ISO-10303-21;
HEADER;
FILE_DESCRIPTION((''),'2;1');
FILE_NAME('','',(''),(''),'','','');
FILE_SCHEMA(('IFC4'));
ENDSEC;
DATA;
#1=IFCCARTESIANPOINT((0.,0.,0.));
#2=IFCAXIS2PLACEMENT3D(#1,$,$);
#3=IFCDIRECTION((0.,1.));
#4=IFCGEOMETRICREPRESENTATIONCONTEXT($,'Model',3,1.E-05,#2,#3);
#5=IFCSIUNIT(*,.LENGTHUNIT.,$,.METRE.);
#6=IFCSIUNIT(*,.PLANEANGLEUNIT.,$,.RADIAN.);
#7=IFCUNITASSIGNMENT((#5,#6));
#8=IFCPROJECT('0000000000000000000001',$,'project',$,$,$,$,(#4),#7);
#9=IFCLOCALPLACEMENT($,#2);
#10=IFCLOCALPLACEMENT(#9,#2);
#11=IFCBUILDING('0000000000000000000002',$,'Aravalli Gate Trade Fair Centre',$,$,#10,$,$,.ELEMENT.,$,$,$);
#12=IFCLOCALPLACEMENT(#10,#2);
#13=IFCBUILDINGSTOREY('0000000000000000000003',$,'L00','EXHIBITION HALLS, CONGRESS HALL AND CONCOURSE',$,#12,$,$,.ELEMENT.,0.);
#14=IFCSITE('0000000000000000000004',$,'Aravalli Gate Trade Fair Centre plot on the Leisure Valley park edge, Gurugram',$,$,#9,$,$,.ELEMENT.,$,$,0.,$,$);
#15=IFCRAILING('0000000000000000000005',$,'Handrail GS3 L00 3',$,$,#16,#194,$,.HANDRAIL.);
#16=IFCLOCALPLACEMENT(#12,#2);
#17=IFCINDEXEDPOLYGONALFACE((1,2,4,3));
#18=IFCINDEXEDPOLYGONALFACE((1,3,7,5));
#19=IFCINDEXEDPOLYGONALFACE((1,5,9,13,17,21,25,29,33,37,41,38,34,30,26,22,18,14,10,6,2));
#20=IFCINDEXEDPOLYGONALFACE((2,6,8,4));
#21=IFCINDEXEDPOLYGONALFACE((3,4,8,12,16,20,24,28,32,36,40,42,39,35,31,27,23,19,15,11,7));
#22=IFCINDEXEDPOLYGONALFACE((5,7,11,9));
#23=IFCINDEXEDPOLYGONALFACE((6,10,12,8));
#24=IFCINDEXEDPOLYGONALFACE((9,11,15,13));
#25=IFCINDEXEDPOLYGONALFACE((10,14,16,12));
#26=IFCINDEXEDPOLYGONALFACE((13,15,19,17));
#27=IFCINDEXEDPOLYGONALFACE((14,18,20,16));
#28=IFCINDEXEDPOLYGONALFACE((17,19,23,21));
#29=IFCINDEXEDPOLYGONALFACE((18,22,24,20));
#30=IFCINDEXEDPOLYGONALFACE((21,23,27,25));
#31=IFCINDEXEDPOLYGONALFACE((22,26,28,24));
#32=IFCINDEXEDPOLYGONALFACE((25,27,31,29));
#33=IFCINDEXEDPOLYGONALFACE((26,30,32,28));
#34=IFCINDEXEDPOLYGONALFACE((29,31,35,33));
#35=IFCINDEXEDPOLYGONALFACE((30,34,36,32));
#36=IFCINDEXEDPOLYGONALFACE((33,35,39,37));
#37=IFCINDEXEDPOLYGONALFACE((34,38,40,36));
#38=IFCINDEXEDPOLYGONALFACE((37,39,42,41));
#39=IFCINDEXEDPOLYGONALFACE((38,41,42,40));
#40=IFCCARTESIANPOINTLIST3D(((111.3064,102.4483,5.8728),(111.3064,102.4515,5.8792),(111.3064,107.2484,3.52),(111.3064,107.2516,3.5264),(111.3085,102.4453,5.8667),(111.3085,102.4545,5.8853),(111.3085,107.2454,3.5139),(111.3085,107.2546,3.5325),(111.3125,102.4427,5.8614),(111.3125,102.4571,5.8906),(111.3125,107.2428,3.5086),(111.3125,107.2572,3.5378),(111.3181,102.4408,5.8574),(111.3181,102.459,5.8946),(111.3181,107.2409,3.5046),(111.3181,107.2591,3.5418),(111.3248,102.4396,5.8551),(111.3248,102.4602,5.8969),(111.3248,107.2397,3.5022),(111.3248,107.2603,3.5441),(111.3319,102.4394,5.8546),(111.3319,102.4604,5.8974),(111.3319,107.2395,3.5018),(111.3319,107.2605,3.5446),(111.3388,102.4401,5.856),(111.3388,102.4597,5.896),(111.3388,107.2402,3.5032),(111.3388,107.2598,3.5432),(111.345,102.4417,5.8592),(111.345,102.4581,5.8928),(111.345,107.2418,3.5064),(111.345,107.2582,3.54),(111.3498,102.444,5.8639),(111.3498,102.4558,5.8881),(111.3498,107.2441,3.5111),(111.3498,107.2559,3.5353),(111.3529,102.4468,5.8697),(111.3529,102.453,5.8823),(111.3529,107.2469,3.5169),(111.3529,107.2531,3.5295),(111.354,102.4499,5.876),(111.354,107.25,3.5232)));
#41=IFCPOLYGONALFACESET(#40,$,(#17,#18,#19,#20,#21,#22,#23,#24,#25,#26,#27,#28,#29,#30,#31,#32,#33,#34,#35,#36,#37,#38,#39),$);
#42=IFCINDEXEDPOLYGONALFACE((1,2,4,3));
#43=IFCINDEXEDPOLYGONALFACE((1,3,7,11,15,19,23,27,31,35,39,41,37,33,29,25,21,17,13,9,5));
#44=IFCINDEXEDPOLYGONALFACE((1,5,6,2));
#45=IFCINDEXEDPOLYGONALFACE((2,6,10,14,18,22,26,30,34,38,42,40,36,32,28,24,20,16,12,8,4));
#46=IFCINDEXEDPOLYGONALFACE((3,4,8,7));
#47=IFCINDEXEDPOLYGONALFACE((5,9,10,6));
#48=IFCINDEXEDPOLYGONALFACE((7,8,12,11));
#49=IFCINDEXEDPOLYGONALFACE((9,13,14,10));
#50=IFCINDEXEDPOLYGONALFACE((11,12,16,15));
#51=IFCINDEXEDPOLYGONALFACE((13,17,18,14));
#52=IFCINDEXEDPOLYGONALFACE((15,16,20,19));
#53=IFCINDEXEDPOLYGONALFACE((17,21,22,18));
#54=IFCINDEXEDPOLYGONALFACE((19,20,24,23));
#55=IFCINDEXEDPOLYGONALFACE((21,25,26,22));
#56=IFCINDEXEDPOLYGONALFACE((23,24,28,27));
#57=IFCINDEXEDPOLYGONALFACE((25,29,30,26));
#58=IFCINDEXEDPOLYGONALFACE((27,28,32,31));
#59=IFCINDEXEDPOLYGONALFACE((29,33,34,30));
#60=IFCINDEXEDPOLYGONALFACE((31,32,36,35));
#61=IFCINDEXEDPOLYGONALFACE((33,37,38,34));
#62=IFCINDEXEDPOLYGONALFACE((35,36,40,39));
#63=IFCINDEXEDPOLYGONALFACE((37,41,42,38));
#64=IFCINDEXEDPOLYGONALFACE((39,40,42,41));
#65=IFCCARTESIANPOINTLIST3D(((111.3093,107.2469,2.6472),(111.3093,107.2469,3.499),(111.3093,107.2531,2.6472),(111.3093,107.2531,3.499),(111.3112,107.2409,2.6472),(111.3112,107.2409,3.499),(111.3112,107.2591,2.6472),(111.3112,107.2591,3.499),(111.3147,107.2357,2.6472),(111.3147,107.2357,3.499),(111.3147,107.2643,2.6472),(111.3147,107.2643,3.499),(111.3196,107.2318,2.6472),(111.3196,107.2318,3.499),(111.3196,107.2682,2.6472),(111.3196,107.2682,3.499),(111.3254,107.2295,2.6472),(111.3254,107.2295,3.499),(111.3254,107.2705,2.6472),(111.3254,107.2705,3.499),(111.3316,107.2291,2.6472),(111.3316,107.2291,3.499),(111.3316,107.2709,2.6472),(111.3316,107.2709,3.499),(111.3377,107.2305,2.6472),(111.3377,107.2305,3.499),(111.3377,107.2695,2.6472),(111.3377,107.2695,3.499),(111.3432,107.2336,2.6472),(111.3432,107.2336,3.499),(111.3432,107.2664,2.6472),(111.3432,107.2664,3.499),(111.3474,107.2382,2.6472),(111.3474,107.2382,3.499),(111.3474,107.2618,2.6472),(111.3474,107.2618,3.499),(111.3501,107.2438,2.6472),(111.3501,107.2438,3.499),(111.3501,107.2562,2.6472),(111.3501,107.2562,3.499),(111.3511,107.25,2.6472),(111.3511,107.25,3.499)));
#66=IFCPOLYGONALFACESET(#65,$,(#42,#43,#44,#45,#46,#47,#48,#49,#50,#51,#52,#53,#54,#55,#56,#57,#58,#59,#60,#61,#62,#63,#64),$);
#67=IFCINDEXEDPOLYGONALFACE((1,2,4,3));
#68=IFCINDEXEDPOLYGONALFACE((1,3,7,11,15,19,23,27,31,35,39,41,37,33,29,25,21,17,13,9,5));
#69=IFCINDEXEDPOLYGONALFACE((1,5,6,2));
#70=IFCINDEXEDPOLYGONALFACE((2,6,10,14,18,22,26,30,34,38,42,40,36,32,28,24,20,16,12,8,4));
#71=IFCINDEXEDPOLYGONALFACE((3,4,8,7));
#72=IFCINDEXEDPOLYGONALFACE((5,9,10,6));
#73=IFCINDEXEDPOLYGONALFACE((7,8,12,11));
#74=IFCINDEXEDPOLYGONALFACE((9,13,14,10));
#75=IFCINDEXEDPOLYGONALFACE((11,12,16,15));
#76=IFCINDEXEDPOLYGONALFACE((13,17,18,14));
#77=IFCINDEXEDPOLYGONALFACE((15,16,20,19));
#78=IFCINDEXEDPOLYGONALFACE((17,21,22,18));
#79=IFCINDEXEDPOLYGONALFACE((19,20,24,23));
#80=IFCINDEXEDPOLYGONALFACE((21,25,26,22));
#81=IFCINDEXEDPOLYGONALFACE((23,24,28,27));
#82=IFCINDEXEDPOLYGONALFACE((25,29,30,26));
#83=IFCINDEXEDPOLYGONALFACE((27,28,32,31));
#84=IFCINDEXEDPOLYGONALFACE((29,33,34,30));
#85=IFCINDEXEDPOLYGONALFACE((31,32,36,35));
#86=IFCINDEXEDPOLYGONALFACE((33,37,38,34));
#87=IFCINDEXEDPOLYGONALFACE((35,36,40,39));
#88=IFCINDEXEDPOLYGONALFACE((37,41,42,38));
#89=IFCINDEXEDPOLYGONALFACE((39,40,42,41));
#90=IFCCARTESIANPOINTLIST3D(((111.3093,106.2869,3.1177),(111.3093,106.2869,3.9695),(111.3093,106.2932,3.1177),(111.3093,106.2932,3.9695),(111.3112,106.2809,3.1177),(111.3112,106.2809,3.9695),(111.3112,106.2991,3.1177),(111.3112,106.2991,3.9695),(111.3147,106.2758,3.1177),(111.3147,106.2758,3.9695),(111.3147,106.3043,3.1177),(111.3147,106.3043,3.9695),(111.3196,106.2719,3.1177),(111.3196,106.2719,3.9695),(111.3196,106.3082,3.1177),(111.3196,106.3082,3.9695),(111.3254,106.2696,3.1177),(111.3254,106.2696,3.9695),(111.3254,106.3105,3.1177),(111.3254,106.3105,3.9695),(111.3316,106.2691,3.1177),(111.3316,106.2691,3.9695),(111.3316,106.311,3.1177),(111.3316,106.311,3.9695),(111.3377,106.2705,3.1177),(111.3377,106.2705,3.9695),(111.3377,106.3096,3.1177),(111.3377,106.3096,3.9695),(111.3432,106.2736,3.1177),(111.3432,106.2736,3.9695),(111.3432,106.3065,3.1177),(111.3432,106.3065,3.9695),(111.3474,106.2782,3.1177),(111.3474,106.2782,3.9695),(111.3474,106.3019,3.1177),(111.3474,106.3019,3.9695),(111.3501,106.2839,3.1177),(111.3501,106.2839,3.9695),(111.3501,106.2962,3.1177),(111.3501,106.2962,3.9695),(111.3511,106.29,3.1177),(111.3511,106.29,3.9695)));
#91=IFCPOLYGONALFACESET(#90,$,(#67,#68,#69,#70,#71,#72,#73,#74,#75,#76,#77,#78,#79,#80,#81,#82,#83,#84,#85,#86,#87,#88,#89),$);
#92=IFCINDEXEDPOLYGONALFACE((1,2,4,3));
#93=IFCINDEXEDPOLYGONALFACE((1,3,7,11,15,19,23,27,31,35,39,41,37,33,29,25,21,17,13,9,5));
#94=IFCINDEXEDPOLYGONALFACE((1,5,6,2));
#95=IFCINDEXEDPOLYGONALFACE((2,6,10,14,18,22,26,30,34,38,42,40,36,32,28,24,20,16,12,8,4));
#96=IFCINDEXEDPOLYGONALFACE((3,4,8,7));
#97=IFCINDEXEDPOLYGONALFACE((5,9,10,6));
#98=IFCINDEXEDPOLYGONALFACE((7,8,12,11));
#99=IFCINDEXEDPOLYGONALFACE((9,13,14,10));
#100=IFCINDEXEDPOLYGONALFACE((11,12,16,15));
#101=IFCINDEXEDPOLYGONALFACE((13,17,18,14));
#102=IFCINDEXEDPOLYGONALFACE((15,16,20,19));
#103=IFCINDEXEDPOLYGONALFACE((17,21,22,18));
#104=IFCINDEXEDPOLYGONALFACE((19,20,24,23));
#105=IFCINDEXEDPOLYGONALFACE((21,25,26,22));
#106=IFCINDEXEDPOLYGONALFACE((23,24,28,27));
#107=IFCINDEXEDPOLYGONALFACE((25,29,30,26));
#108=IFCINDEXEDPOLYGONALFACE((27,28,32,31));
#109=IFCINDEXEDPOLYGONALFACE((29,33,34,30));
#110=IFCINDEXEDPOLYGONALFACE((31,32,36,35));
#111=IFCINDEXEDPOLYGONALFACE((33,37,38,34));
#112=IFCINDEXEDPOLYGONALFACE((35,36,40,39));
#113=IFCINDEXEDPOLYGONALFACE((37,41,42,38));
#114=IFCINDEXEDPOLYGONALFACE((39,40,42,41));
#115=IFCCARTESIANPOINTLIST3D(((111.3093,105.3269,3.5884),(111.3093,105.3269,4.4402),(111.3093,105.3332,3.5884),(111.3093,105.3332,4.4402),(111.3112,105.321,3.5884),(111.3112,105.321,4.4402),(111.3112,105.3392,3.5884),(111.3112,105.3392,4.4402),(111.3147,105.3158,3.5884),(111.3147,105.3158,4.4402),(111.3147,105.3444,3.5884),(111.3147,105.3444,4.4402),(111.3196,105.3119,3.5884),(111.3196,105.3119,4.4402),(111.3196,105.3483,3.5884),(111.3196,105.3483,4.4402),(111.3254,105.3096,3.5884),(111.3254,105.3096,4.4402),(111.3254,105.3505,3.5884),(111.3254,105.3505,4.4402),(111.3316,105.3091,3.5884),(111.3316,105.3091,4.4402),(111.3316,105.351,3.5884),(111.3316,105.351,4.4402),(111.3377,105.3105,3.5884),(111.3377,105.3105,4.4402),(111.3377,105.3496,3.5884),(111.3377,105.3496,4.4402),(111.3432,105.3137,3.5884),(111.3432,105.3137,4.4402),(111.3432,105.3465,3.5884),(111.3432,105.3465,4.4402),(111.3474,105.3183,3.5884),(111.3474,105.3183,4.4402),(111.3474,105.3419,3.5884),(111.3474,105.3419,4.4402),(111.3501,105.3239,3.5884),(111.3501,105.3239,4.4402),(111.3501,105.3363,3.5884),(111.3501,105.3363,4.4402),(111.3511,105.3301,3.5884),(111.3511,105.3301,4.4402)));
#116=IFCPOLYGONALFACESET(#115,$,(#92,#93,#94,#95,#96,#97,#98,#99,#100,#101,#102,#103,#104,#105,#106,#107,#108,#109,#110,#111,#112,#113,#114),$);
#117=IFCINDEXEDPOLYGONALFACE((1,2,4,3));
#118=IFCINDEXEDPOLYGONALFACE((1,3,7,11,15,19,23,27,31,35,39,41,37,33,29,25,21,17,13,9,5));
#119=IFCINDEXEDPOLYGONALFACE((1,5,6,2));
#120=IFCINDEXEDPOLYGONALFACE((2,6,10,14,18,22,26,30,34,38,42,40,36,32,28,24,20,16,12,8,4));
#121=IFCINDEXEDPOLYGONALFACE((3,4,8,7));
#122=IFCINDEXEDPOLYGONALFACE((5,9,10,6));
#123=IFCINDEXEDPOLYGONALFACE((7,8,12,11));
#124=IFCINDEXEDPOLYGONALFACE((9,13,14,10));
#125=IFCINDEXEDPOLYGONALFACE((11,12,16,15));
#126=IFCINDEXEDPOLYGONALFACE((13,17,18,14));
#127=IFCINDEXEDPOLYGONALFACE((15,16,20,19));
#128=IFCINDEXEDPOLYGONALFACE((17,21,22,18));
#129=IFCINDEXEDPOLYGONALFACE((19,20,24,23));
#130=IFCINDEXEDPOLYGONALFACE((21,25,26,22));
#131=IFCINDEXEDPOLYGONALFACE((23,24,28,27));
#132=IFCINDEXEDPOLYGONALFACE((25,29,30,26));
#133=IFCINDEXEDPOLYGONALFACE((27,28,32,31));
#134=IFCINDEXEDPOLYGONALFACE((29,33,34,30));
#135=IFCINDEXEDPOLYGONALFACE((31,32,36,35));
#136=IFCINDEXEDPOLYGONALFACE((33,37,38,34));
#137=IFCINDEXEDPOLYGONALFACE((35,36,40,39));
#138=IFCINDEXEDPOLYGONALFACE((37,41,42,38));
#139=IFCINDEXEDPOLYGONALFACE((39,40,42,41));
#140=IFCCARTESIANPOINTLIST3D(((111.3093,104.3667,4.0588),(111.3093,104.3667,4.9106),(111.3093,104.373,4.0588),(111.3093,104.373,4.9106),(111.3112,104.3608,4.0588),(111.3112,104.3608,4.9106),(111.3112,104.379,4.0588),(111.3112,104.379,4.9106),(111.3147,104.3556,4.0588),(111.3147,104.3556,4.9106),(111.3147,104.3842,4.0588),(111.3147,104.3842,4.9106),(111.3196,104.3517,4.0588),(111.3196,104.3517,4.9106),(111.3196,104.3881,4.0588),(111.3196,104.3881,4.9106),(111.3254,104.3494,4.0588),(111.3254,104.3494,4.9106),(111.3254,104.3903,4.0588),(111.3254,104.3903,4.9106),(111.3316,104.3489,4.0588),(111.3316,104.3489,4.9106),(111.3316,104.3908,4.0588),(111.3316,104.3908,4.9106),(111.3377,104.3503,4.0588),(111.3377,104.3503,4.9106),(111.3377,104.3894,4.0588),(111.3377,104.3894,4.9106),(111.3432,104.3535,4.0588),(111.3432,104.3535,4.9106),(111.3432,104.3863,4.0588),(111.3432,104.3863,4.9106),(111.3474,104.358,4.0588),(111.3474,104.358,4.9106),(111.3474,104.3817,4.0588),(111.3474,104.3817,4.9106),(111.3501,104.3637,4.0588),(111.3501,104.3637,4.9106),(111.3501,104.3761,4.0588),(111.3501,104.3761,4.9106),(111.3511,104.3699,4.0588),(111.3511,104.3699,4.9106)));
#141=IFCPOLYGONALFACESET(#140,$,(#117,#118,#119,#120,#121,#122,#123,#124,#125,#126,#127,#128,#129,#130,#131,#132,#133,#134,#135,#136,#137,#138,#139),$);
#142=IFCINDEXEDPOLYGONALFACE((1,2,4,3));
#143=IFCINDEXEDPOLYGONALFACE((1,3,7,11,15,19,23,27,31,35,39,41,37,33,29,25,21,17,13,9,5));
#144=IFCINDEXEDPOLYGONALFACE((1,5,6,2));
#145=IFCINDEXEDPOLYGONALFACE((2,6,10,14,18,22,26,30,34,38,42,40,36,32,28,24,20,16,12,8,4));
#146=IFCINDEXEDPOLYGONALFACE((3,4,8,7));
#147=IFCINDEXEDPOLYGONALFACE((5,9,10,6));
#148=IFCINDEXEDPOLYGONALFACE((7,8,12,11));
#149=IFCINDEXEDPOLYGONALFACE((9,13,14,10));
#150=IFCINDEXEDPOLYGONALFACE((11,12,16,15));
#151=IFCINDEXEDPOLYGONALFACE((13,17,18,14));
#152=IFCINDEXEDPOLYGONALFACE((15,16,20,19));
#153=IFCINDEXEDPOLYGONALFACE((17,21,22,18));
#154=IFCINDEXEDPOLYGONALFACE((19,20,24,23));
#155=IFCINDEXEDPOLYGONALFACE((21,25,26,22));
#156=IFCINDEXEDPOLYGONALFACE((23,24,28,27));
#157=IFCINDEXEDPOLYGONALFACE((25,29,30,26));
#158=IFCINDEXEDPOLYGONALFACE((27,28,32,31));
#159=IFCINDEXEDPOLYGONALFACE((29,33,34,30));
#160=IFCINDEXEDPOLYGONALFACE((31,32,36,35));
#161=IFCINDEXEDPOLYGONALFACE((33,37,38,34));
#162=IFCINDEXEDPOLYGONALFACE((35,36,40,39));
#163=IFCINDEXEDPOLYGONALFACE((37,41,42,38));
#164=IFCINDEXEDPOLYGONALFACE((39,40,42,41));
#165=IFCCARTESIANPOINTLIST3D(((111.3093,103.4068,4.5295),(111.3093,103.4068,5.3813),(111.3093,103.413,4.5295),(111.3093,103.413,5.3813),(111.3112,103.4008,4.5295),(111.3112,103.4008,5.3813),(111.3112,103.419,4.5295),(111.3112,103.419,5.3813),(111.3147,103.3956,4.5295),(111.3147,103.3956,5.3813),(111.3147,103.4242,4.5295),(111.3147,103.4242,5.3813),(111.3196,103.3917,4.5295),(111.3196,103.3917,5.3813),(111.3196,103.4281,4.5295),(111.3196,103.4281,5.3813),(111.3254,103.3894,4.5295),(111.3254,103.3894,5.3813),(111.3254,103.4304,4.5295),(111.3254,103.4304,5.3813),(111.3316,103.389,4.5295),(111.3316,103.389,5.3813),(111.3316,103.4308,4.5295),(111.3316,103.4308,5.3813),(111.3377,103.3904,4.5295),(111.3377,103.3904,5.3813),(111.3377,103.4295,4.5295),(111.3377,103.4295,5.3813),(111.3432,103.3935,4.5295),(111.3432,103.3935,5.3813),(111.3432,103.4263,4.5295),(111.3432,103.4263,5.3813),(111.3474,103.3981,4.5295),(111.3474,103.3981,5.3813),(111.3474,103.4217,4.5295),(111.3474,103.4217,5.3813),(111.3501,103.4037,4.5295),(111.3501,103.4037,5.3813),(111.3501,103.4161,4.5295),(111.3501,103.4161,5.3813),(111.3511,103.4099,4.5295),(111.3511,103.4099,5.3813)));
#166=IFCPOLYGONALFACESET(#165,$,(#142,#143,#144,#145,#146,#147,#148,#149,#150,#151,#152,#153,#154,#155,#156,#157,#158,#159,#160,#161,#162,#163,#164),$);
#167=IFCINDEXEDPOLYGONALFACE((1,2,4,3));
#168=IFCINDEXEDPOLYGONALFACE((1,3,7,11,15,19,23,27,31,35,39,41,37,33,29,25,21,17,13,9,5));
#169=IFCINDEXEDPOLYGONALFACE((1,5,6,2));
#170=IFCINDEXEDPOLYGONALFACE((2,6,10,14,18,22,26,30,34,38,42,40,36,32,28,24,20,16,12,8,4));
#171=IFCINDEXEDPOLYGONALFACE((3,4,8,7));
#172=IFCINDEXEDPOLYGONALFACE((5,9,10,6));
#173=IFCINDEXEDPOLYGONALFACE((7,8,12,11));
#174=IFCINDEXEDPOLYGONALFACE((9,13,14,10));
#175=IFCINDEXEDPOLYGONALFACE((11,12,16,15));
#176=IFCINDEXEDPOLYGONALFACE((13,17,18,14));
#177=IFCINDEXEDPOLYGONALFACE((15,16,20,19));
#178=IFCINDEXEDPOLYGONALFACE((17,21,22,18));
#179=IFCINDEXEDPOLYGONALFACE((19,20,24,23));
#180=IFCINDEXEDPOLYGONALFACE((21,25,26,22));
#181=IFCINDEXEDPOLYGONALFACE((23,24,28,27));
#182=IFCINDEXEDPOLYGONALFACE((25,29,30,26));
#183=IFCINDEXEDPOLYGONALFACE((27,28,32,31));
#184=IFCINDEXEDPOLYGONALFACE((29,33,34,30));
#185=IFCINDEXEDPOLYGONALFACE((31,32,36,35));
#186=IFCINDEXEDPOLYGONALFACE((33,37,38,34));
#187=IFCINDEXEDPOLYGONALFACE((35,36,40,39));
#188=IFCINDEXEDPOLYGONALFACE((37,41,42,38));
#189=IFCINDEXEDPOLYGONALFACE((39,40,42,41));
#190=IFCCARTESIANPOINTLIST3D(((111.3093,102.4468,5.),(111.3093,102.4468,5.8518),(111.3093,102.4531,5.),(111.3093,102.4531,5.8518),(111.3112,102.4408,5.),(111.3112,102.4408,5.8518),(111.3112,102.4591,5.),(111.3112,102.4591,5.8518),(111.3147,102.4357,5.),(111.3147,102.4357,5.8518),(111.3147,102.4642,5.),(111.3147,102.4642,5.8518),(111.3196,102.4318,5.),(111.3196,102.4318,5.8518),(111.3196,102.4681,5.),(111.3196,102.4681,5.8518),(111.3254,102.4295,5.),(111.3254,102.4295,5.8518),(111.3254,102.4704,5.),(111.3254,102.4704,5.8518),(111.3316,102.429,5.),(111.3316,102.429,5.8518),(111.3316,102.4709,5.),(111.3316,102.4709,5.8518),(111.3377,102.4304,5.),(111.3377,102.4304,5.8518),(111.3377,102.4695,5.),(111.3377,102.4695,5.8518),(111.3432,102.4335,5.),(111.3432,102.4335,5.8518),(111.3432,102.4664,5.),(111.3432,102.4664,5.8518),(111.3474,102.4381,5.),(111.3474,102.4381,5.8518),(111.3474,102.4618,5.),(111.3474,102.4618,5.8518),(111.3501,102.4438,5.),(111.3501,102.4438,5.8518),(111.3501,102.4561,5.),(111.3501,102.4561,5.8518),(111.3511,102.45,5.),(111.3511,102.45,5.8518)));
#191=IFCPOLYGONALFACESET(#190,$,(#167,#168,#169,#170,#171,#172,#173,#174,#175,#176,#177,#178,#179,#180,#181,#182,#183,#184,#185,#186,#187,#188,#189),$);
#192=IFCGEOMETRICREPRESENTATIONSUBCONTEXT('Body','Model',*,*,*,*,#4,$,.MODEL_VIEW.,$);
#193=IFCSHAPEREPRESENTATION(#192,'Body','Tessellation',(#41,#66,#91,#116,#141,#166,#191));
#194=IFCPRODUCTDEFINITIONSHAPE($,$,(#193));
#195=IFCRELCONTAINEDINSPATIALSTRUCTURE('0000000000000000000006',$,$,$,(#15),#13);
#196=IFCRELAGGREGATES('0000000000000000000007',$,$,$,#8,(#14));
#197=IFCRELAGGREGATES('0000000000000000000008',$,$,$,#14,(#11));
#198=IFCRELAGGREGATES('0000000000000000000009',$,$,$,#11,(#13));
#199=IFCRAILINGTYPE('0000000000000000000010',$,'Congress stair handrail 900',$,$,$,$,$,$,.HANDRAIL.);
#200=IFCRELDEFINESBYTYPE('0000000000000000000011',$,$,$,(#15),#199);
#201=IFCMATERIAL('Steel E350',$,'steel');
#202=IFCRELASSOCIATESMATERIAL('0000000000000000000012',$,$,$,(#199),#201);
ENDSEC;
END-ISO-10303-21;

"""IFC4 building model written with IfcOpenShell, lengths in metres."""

from ifc_helpers import new_model, si_unit, direction, frame, origin, origin_2d, place, context, subcontext, project, spatial, circle, extrude, material, type_object, element, save


model = new_model("IFC4")

# Units and contexts
model_context = context("Model", 3, precision=1e-05, world=origin(), true_north=direction((0.0, 1.0)))
body_context = subcontext(model_context, "Body", "Model", "MODEL_VIEW")
ifc_project = project(units=[si_unit("LENGTHUNIT", "METRE"), si_unit("PLANEANGLEUNIT", "RADIAN")], contexts=[model_context])

# Site, building, storey
site_placement = place(None, origin())
site = spatial("IfcSite", under=ifc_project, at=site_placement, Name="Aravalli Gate Trade Fair Centre plot on the Leisure Valley park edge, Gurugram", CompositionType="ELEMENT", RefElevation=0.0)
building_placement = place(site_placement, origin())
building = spatial("IfcBuilding", under=site, at=building_placement, Name="Aravalli Gate Trade Fair Centre", CompositionType="ELEMENT")
storey_placement = place(building_placement, origin())
storey = spatial("IfcBuildingStorey", under=building, at=storey_placement, Name="L00", Description="EXHIBITION HALLS, CONGRESS HALL AND CONCOURSE", CompositionType="ELEMENT", Elevation=0.0)

# Railing
ifc_material_1 = material(Name="Steel E350", Category="steel")
railing_type = type_object("IfcRailingType", Name="Congress stair handrail 900", PredefinedType="HANDRAIL", material=ifc_material_1)
for number, where, name in (
    (1, (111.3301, 107.25, 2.6472), "Handrail GS3 L00 3"),
):
    element("IfcRailing", number, at=place(storey_placement, frame(where)), inside=storey, type_object=railing_type, Name=name, PredefinedType="HANDRAIL", context=body_context, shape_type="SweptSolid", body=[
        extrude(circle(Radius=0.0239, at=origin_2d()), frame((0.0, 0.0, 0.876), z_axis=(0.0, -0.897934, 0.44013), x_axis=(1.0, 0.0, 0.0)), (0.0, 0.0, 1.0), 5.3457),
        extrude(circle(Radius=0.021, at=origin_2d()), origin(), (0.0, 0.0, 1.0), 0.8518),
        extrude(circle(Radius=0.021, at=origin_2d()), frame((0.0, -0.96, 0.4705)), (0.0, 0.0, 1.0), 0.8518),
        extrude(circle(Radius=0.021, at=origin_2d()), frame((0.0, -1.9199, 0.9412)), (0.0, 0.0, 1.0), 0.8518),
        extrude(circle(Radius=0.021, at=origin_2d()), frame((0.0, -2.8801, 1.4116)), (0.0, 0.0, 1.0), 0.8518),
        extrude(circle(Radius=0.021, at=origin_2d()), frame((0.0, -3.8401, 1.8823)), (0.0, 0.0, 1.0), 0.8518),
        extrude(circle(Radius=0.021, at=origin_2d()), frame((0.0, -4.8, 2.3528)), (0.0, 0.0, 1.0), 0.8518),
    ])

save(model, "model.ifc")
